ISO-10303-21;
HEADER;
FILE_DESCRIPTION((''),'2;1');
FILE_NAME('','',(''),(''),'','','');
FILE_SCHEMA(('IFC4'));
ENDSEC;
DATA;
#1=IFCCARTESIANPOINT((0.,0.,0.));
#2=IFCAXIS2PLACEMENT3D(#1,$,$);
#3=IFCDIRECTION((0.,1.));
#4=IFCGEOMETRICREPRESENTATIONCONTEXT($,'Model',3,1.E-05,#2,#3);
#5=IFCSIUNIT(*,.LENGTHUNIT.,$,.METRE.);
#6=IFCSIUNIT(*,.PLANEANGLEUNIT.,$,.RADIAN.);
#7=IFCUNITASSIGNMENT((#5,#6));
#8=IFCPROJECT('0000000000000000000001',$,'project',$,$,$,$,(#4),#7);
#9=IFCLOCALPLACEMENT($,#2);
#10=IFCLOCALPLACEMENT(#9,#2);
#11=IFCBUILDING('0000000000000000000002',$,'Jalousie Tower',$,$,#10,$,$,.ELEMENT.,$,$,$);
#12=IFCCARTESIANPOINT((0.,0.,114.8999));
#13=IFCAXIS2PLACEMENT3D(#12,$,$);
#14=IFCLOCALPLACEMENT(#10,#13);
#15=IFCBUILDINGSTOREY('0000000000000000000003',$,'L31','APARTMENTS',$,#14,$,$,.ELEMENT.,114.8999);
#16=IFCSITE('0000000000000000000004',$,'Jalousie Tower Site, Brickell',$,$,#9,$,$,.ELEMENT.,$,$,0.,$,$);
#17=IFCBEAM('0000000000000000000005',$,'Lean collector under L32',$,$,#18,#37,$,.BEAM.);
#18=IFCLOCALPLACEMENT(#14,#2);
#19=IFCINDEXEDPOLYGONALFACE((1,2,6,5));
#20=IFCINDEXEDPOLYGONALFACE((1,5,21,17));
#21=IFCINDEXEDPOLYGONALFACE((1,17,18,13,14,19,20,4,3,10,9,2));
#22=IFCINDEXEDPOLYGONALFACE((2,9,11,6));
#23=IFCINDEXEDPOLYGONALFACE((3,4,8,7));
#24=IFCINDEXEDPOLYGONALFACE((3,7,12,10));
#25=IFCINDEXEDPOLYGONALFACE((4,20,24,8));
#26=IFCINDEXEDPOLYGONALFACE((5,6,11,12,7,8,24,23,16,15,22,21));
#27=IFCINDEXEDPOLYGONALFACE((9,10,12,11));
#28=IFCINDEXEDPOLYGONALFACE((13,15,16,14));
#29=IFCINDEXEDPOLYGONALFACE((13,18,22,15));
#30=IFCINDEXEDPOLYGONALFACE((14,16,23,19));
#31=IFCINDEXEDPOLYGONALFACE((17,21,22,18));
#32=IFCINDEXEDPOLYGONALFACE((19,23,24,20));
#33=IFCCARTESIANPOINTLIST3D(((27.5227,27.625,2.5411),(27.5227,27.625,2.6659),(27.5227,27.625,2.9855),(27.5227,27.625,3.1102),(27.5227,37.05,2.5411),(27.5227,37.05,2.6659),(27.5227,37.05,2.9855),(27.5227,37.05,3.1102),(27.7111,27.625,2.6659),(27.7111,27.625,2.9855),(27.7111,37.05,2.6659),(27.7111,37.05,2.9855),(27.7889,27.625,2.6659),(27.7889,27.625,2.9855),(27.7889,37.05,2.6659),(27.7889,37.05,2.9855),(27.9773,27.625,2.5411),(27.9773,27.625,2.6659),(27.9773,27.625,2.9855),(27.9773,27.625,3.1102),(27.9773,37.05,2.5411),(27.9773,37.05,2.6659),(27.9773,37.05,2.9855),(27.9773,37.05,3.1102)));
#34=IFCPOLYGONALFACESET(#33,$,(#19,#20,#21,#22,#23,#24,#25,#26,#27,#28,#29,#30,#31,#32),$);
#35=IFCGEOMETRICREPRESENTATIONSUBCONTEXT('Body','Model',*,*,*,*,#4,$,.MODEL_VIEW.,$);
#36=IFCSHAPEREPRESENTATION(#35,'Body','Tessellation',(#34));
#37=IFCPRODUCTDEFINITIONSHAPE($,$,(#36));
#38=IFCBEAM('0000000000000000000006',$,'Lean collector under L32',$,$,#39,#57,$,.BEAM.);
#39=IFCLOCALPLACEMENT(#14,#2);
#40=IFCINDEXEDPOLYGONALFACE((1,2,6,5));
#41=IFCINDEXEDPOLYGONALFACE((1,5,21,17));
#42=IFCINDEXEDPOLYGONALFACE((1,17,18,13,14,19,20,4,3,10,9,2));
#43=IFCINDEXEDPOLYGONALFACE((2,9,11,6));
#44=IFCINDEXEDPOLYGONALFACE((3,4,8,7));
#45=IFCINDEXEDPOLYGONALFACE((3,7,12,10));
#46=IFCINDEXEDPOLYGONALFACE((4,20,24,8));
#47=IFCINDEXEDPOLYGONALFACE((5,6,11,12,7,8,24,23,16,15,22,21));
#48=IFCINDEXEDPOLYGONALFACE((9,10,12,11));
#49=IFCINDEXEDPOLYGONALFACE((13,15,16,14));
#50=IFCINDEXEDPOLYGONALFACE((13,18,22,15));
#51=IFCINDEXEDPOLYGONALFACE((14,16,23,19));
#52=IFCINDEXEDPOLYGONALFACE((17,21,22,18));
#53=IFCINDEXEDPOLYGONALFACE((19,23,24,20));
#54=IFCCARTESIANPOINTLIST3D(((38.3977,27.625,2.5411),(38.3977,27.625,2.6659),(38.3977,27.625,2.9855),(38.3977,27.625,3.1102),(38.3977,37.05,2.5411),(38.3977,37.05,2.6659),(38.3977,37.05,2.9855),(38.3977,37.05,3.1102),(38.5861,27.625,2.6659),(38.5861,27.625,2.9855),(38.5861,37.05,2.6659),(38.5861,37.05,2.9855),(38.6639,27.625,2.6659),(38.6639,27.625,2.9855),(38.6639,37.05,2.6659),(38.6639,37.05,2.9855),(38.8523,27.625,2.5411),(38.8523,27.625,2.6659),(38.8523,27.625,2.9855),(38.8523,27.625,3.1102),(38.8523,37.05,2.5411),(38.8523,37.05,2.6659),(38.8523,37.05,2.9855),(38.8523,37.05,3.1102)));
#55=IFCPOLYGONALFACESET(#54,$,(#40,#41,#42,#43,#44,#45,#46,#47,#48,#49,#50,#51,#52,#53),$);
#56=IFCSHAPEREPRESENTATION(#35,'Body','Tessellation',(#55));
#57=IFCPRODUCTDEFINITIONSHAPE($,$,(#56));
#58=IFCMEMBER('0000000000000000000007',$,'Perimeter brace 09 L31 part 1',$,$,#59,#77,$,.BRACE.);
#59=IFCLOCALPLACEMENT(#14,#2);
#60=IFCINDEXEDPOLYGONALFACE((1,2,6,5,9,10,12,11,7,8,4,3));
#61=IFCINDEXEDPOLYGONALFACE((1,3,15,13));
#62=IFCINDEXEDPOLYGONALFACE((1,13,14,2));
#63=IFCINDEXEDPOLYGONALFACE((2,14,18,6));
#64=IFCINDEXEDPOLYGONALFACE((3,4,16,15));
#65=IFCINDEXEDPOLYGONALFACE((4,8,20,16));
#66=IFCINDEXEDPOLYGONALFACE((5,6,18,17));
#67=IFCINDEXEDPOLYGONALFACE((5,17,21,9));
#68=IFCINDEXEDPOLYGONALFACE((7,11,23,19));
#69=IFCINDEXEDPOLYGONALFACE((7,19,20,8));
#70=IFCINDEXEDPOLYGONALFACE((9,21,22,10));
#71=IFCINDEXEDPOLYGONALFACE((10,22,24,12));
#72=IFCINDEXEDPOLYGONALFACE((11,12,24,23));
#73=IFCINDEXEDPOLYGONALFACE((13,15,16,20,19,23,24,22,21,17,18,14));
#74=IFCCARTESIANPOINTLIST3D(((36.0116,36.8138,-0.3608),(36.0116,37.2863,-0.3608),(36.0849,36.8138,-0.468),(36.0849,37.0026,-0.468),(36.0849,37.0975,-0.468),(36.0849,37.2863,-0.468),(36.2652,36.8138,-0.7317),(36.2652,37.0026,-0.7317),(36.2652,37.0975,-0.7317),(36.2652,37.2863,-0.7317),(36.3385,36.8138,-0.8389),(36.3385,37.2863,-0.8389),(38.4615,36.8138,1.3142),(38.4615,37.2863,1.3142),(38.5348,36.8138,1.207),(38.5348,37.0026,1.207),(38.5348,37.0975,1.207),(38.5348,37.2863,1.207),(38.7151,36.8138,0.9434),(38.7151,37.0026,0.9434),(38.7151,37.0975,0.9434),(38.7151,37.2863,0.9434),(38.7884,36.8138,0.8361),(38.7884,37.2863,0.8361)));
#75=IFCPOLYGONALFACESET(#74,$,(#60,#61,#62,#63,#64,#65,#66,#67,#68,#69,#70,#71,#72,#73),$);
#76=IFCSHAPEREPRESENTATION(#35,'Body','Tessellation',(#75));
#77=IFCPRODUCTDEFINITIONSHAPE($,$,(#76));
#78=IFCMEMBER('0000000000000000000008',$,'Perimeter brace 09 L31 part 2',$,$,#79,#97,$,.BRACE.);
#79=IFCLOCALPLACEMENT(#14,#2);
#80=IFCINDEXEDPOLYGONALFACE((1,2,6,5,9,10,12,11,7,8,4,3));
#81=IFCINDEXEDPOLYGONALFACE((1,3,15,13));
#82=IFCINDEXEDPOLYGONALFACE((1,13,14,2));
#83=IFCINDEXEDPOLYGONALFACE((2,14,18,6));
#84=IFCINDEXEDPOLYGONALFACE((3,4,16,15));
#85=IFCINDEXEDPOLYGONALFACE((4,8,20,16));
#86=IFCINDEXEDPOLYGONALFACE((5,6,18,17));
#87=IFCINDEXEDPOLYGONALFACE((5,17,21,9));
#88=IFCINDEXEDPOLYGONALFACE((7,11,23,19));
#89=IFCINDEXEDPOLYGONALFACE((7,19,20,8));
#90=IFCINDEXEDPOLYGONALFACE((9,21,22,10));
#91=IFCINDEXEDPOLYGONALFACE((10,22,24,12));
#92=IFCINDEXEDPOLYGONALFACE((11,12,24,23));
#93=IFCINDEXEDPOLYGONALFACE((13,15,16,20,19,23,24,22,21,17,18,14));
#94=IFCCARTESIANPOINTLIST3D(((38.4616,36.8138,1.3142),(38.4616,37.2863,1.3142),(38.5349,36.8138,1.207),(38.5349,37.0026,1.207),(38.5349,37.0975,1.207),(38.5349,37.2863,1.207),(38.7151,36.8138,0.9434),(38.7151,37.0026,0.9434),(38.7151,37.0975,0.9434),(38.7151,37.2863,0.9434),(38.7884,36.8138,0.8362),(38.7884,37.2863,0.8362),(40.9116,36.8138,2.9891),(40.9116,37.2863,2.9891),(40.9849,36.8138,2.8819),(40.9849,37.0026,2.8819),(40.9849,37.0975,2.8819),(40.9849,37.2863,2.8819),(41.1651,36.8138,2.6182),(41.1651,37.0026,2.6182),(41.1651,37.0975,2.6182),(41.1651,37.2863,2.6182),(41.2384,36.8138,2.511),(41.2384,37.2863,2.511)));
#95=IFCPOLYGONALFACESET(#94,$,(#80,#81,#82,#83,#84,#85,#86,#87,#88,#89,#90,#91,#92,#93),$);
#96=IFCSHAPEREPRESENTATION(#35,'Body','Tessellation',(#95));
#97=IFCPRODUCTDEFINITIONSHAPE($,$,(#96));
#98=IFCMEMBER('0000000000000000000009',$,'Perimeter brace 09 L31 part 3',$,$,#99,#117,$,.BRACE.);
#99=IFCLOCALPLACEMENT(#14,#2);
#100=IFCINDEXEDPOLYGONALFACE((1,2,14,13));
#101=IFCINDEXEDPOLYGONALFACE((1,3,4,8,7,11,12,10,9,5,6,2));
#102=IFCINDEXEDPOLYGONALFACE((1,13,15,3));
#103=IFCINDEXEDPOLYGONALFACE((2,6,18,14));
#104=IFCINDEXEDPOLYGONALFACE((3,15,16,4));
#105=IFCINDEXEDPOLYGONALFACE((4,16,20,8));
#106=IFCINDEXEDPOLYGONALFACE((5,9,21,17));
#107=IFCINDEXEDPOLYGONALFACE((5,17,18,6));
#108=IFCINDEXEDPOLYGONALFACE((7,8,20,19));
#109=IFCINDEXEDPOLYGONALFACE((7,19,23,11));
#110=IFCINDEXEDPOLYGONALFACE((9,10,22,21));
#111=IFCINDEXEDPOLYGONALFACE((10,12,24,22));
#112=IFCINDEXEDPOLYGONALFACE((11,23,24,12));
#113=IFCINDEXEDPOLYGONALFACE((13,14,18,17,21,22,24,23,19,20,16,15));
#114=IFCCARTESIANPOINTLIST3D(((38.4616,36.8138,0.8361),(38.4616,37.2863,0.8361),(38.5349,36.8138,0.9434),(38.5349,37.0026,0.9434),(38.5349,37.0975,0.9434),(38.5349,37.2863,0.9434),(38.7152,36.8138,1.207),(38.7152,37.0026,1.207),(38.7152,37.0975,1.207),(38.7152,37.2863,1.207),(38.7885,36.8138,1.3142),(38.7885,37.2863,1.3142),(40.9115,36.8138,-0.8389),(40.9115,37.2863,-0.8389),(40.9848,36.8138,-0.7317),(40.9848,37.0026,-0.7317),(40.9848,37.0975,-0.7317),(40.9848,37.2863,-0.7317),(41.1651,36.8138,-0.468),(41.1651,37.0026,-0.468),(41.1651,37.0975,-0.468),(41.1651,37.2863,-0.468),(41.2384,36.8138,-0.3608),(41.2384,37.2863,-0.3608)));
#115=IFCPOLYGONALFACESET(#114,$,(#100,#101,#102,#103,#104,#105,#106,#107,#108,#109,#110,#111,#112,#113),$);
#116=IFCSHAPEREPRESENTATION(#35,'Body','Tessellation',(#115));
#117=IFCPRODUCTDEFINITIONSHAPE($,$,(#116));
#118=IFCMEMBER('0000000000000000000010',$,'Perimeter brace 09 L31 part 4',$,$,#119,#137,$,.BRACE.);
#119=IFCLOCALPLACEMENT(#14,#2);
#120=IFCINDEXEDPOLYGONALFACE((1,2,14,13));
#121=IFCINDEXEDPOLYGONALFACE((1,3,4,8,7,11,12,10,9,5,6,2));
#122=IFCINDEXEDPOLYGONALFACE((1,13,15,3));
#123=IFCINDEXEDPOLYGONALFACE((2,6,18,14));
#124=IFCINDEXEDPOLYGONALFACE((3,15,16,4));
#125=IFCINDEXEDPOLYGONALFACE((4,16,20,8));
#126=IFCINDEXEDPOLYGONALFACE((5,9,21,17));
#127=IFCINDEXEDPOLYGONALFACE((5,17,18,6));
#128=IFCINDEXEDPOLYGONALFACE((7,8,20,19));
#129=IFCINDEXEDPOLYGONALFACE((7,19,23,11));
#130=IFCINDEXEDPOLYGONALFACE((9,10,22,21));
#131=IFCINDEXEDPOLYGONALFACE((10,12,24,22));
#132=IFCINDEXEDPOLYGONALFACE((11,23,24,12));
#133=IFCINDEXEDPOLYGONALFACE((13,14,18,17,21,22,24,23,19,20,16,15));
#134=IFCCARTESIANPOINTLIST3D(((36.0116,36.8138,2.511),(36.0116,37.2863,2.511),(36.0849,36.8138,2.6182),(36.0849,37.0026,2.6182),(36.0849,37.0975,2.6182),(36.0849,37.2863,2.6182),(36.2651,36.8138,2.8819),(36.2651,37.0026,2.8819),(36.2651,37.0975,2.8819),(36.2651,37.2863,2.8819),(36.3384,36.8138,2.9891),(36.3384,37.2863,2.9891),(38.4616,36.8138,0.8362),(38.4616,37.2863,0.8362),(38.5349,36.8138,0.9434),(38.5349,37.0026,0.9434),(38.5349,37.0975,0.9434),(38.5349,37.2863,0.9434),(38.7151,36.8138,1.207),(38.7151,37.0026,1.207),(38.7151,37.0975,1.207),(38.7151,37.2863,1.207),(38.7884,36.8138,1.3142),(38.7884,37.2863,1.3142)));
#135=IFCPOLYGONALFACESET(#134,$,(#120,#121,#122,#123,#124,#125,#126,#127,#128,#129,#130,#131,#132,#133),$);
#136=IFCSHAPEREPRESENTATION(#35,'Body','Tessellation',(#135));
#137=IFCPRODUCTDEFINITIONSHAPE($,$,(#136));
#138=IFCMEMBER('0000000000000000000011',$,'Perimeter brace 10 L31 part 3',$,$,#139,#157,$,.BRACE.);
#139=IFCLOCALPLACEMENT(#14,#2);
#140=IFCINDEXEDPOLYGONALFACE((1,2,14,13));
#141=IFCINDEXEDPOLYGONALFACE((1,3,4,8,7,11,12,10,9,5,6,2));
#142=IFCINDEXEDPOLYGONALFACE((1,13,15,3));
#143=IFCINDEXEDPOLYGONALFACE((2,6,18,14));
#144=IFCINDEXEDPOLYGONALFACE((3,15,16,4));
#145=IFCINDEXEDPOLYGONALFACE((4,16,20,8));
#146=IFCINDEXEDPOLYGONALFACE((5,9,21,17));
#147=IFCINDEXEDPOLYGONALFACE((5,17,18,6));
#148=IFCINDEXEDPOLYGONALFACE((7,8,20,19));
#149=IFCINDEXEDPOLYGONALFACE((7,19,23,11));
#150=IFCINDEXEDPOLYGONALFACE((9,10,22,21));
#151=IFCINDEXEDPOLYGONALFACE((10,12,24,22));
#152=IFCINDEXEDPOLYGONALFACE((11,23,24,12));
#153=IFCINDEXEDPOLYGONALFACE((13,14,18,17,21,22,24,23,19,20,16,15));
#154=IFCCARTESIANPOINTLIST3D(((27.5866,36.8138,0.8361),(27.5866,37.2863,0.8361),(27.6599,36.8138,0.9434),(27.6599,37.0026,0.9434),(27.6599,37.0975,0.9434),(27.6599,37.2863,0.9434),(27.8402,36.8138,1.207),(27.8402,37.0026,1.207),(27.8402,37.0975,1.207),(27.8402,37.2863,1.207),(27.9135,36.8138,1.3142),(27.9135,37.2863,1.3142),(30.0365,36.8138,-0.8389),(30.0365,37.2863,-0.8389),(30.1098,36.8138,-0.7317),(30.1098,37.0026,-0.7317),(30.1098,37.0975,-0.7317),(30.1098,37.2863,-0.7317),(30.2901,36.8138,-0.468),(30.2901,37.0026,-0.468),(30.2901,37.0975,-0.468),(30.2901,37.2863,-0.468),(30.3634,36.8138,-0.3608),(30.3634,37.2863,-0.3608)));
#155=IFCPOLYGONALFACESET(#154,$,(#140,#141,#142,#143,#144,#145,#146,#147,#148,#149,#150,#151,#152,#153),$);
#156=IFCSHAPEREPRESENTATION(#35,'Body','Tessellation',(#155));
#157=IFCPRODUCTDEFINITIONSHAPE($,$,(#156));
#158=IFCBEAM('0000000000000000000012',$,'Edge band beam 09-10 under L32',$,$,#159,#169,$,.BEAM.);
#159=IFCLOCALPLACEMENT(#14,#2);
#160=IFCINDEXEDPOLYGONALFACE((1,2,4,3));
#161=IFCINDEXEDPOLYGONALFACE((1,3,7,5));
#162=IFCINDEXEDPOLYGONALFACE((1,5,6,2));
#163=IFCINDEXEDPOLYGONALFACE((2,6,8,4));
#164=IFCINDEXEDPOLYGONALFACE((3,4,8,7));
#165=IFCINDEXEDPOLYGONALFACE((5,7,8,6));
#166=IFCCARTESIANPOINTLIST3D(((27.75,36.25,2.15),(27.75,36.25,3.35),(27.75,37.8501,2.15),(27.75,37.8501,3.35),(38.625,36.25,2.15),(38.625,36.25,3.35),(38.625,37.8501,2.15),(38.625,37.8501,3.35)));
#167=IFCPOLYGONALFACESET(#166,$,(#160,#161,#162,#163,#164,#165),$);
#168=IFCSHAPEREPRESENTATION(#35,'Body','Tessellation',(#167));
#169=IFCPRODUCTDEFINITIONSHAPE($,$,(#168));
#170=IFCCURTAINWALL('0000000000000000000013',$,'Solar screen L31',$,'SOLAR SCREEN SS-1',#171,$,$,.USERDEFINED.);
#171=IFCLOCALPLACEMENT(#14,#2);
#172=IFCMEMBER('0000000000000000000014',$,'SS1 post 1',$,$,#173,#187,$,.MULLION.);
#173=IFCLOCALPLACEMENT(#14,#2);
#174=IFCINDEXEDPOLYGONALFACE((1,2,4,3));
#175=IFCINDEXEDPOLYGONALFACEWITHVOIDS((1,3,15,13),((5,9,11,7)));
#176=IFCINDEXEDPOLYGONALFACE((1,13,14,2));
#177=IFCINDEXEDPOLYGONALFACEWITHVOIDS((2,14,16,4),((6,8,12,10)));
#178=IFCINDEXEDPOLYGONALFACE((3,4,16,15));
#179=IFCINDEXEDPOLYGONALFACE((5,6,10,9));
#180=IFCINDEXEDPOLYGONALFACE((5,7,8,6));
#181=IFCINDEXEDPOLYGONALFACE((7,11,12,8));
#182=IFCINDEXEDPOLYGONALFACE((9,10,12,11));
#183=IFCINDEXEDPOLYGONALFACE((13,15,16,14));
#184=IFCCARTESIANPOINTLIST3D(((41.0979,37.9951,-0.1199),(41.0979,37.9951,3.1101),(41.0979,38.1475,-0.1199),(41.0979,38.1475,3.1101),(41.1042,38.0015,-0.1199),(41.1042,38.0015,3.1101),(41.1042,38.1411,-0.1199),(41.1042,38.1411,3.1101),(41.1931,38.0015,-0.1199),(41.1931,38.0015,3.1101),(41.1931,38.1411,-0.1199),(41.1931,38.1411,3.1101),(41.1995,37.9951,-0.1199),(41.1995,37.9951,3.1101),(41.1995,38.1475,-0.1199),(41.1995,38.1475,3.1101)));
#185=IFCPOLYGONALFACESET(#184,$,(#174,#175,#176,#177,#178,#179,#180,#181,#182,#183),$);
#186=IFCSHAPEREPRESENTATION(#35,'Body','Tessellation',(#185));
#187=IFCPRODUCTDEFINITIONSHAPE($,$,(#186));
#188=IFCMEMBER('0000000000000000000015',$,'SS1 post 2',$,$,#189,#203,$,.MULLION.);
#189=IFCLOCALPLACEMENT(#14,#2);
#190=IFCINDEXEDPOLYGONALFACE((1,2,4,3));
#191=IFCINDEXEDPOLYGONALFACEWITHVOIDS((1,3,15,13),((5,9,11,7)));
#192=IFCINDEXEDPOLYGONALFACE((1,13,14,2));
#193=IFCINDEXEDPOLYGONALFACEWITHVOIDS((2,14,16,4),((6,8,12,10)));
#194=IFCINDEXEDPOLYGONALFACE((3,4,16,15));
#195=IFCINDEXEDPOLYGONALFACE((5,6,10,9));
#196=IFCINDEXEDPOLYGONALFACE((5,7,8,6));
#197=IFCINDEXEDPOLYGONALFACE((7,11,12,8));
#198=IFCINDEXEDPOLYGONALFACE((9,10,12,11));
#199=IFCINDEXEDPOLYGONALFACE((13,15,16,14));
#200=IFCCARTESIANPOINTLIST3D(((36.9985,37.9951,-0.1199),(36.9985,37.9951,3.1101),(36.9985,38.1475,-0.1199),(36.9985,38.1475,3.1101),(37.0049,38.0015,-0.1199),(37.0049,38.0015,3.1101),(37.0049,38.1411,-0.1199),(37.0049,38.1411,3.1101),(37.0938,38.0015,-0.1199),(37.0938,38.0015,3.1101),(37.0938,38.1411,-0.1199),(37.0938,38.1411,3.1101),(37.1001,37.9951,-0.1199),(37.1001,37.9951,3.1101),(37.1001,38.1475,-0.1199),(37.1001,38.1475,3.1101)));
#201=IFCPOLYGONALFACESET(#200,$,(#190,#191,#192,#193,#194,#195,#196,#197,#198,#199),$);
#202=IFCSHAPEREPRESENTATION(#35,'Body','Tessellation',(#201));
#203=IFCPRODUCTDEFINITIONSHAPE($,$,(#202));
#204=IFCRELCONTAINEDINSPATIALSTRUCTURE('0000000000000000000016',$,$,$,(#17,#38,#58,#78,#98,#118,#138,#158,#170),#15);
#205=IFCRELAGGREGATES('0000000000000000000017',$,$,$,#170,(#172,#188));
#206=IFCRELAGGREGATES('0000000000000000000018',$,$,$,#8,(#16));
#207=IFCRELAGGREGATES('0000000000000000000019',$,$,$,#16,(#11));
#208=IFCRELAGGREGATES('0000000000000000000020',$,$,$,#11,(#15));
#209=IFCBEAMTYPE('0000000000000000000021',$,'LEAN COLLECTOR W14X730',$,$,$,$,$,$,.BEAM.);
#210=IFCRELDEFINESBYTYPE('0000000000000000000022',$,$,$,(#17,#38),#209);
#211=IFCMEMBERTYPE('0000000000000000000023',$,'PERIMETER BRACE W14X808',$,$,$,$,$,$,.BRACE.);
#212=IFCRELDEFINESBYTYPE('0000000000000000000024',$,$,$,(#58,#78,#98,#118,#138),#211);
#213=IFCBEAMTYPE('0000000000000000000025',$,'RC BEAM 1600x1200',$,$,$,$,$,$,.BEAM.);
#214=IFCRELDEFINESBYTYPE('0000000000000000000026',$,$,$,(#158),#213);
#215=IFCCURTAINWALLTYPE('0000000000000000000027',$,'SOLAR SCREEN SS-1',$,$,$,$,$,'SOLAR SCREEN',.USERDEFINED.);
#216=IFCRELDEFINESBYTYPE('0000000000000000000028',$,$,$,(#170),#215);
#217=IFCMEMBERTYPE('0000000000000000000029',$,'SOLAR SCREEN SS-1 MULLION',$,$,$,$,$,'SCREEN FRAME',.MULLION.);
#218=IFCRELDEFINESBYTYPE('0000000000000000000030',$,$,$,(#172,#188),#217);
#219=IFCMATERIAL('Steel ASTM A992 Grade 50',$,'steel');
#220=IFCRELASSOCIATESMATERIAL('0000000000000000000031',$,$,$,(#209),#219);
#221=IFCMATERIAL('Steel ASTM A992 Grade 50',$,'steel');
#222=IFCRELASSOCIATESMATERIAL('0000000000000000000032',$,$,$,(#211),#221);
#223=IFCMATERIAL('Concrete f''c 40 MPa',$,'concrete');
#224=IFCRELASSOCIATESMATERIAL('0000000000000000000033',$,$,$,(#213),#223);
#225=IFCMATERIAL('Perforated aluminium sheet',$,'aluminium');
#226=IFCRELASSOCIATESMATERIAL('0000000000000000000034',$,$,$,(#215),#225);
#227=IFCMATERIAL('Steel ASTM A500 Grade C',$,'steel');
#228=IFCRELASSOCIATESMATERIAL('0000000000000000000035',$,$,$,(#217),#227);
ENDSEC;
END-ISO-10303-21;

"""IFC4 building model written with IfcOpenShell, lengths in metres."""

from ifc_helpers import new_model, si_unit, direction, frame, origin, origin_2d, place, context, subcontext, project, spatial, rectangle, hollow_rectangle, i_section, extrude, material, material_profile, profile_set, type_object, element, aggregate, save


model = new_model("IFC4")

# Units and contexts
model_context = context("Model", 3, precision=1e-05, world=origin(), true_north=direction((0.0, 1.0)))
body_context = subcontext(model_context, "Body", "Model", "MODEL_VIEW")
ifc_project = project(units=[si_unit("LENGTHUNIT", "METRE"), si_unit("PLANEANGLEUNIT", "RADIAN")], contexts=[model_context])

# Site, building, storey
site_placement = place(None, origin())
site = spatial("IfcSite", under=ifc_project, at=site_placement, Name="Jalousie Tower Site, Brickell", CompositionType="ELEMENT", RefElevation=0.0)
building_placement = place(site_placement, origin())
building = spatial("IfcBuilding", under=site, at=building_placement, Name="Jalousie Tower", CompositionType="ELEMENT")
storey_placement = place(building_placement, frame((0.0, 0.0, 114.8999)))
storey = spatial("IfcBuildingStorey", under=building, at=storey_placement, Name="L31", Description="APARTMENTS", CompositionType="ELEMENT", Elevation=114.8999)

# Beams
ifc_material_1 = material(Name="Steel ASTM A992 Grade 50", Category="steel")
ifc_material_profile_1 = material_profile(ifc_material_1, i_section(OverallWidth=0.4546, OverallDepth=0.5691, WebThickness=0.0779, FlangeThickness=0.1248, at=origin_2d()), Name="W14X730")
ifc_profile_set_1 = profile_set([ifc_material_profile_1], Name="Steel ASTM A992 Grade 50")
beam_type_1 = type_object("IfcBeamType", Name="LEAN COLLECTOR W14X730", PredefinedType="BEAM", material=ifc_profile_set_1)
for number, where, z_axis, x_axis, name in (
    (1, (27.75, 37.05, 2.8257), (0.0, -1.0, 0.0), (1.0, 0.0, 0.0), "Lean collector under L32"),
    (2, (38.625, 37.05, 2.8257), (0.0, -1.0, 0.0), (1.0, 0.0, 0.0), "Lean collector under L32"),
):
    element("IfcBeam", number, at=place(storey_placement, frame(where, z_axis=z_axis, x_axis=x_axis)), inside=storey, type_object=beam_type_1, Name=name, PredefinedType="BEAM", context=body_context, shape_type="SweptSolid", body=[
        extrude(i_section(OverallWidth=0.4546, OverallDepth=0.5691, WebThickness=0.0779, FlangeThickness=0.1248, at=origin_2d()), origin(), (0.0, 0.0, 1.0), 9.425),
    ])

# Members
ifc_material_2 = material(Name="Steel ASTM A992 Grade 50", Category="steel")
ifc_material_profile_2 = material_profile(ifc_material_2, i_section(OverallWidth=0.4724, OverallDepth=0.5791, WebThickness=0.095, FlangeThickness=0.1299, at=origin_2d()), Name="W14X808")
ifc_profile_set_2 = profile_set([ifc_material_profile_2], Name="Steel ASTM A992 Grade 50")
member_type_1 = type_object("IfcMemberType", Name="PERIMETER BRACE W14X808", PredefinedType="BRACE", material=ifc_profile_set_2)
for number, where, z_axis, x_axis, name in (
    (3, (36.175, 37.05, -0.5999), (0.825501, 0.0, 0.564401), (0.0, 1.0, 0.0), "Perimeter brace 09 L31 part 1"),
    (4, (38.625, 37.05, 1.0752), (0.825539, 0.0, 0.564345), (0.0, 1.0, 0.0), "Perimeter brace 09 L31 part 2"),
    (5, (41.075, 37.05, -0.5999), (-0.825501, 0.0, 0.564401), (0.0, -1.0, 0.0), "Perimeter brace 09 L31 part 3"),
    (6, (38.625, 37.05, 1.0752), (-0.825539, 0.0, 0.564345), (0.0, -1.0, 0.0), "Perimeter brace 09 L31 part 4"),
    (7, (30.2, 37.05, -0.5999), (-0.825501, 0.0, 0.564401), (0.0, -1.0, 0.0), "Perimeter brace 10 L31 part 3"),
):
    element("IfcMember", number, at=place(storey_placement, frame(where, z_axis=z_axis, x_axis=x_axis)), inside=storey, type_object=member_type_1, Name=name, PredefinedType="BRACE", context=body_context, shape_type="SweptSolid", body=[
        extrude(i_section(OverallWidth=0.4724, OverallDepth=0.5791, WebThickness=0.095, FlangeThickness=0.1299, at=origin_2d()), origin(), (0.0, 0.0, 1.0), 2.9678),
    ])

# Beam
ifc_material_3 = material(Name="Concrete f'c 40 MPa", Category="concrete")
ifc_material_profile_3 = material_profile(ifc_material_3, rectangle(XDim=1.6001, YDim=1.2, at=origin_2d()), Name="RC 1600x1200")
ifc_profile_set_3 = profile_set([ifc_material_profile_3], Name="Concrete f'c 40 MPa")
beam_type_2 = type_object("IfcBeamType", Name="RC BEAM 1600x1200", PredefinedType="BEAM", material=ifc_profile_set_3)
beam_placement = place(storey_placement, frame((38.625, 37.05, 2.75), z_axis=(-1.0, 0.0, 0.0), x_axis=(0.0, -1.0, 0.0)))
element("IfcBeam", 8, at=beam_placement, inside=storey, type_object=beam_type_2, Name="Edge band beam 09-10 under L32", PredefinedType="BEAM", context=body_context, shape_type="SweptSolid", body=[
    extrude(rectangle(XDim=1.6001, YDim=1.2, at=origin_2d()), origin(), (0.0, 0.0, 1.0), 10.875),
])

# Curtain wall, members
ifc_material_4 = material(Name="Perforated aluminium sheet", Category="aluminium")
curtain_wall_type = type_object("IfcCurtainWallType", Name="SOLAR SCREEN SS-1", ElementType="SOLAR SCREEN", PredefinedType="USERDEFINED", material=ifc_material_4)
curtain_wall_1_placement = place(storey_placement, origin())
curtain_wall_1 = element("IfcCurtainWall", 9, at=curtain_wall_1_placement, inside=storey, type_object=curtain_wall_type, Name="Solar screen L31", ObjectType="SOLAR SCREEN SS-1", PredefinedType="USERDEFINED")
ifc_material_5 = material(Name="Steel ASTM A500 Grade C", Category="steel")
ifc_material_profile_4 = material_profile(ifc_material_5, hollow_rectangle(XDim=0.1016, YDim=0.1523, WallThickness=0.0063, at=origin_2d()), Name="HSS6X4X1/4")
ifc_profile_set_4 = profile_set([ifc_material_profile_4], Name="Steel ASTM A500 Grade C")
member_type_2 = type_object("IfcMemberType", Name="SOLAR SCREEN SS-1 MULLION", ElementType="SCREEN FRAME", PredefinedType="MULLION", material=ifc_profile_set_4)
member_1_placement = place(storey_placement, frame((41.1487, 38.0713, -0.1199), z_axis=(0.0, 0.0, 1.0), x_axis=(-1.0, 0.0, 0.0)))
member_1 = element("IfcMember", 10, at=member_1_placement, type_object=member_type_2, Name="SS1 post 1", PredefinedType="MULLION", context=body_context, shape_type="SweptSolid", body=[
    extrude(hollow_rectangle(XDim=0.1016, YDim=0.1523, WallThickness=0.0063, at=origin_2d()), origin(), (0.0, 0.0, 1.0), 3.23),
])
member_2_placement = place(storey_placement, frame((37.0493, 38.0713, -0.1199), z_axis=(0.0, 0.0, 1.0), x_axis=(-1.0, 0.0, 0.0)))
member_2 = element("IfcMember", 11, at=member_2_placement, type_object=member_type_2, Name="SS1 post 2", PredefinedType="MULLION", context=body_context, shape_type="SweptSolid", body=[
    extrude(hollow_rectangle(XDim=0.1016, YDim=0.1523, WallThickness=0.0063, at=origin_2d()), origin(), (0.0, 0.0, 1.0), 3.23),
])

aggregate(curtain_wall_1, [member_1, member_2])

save(model, "model.ifc")
